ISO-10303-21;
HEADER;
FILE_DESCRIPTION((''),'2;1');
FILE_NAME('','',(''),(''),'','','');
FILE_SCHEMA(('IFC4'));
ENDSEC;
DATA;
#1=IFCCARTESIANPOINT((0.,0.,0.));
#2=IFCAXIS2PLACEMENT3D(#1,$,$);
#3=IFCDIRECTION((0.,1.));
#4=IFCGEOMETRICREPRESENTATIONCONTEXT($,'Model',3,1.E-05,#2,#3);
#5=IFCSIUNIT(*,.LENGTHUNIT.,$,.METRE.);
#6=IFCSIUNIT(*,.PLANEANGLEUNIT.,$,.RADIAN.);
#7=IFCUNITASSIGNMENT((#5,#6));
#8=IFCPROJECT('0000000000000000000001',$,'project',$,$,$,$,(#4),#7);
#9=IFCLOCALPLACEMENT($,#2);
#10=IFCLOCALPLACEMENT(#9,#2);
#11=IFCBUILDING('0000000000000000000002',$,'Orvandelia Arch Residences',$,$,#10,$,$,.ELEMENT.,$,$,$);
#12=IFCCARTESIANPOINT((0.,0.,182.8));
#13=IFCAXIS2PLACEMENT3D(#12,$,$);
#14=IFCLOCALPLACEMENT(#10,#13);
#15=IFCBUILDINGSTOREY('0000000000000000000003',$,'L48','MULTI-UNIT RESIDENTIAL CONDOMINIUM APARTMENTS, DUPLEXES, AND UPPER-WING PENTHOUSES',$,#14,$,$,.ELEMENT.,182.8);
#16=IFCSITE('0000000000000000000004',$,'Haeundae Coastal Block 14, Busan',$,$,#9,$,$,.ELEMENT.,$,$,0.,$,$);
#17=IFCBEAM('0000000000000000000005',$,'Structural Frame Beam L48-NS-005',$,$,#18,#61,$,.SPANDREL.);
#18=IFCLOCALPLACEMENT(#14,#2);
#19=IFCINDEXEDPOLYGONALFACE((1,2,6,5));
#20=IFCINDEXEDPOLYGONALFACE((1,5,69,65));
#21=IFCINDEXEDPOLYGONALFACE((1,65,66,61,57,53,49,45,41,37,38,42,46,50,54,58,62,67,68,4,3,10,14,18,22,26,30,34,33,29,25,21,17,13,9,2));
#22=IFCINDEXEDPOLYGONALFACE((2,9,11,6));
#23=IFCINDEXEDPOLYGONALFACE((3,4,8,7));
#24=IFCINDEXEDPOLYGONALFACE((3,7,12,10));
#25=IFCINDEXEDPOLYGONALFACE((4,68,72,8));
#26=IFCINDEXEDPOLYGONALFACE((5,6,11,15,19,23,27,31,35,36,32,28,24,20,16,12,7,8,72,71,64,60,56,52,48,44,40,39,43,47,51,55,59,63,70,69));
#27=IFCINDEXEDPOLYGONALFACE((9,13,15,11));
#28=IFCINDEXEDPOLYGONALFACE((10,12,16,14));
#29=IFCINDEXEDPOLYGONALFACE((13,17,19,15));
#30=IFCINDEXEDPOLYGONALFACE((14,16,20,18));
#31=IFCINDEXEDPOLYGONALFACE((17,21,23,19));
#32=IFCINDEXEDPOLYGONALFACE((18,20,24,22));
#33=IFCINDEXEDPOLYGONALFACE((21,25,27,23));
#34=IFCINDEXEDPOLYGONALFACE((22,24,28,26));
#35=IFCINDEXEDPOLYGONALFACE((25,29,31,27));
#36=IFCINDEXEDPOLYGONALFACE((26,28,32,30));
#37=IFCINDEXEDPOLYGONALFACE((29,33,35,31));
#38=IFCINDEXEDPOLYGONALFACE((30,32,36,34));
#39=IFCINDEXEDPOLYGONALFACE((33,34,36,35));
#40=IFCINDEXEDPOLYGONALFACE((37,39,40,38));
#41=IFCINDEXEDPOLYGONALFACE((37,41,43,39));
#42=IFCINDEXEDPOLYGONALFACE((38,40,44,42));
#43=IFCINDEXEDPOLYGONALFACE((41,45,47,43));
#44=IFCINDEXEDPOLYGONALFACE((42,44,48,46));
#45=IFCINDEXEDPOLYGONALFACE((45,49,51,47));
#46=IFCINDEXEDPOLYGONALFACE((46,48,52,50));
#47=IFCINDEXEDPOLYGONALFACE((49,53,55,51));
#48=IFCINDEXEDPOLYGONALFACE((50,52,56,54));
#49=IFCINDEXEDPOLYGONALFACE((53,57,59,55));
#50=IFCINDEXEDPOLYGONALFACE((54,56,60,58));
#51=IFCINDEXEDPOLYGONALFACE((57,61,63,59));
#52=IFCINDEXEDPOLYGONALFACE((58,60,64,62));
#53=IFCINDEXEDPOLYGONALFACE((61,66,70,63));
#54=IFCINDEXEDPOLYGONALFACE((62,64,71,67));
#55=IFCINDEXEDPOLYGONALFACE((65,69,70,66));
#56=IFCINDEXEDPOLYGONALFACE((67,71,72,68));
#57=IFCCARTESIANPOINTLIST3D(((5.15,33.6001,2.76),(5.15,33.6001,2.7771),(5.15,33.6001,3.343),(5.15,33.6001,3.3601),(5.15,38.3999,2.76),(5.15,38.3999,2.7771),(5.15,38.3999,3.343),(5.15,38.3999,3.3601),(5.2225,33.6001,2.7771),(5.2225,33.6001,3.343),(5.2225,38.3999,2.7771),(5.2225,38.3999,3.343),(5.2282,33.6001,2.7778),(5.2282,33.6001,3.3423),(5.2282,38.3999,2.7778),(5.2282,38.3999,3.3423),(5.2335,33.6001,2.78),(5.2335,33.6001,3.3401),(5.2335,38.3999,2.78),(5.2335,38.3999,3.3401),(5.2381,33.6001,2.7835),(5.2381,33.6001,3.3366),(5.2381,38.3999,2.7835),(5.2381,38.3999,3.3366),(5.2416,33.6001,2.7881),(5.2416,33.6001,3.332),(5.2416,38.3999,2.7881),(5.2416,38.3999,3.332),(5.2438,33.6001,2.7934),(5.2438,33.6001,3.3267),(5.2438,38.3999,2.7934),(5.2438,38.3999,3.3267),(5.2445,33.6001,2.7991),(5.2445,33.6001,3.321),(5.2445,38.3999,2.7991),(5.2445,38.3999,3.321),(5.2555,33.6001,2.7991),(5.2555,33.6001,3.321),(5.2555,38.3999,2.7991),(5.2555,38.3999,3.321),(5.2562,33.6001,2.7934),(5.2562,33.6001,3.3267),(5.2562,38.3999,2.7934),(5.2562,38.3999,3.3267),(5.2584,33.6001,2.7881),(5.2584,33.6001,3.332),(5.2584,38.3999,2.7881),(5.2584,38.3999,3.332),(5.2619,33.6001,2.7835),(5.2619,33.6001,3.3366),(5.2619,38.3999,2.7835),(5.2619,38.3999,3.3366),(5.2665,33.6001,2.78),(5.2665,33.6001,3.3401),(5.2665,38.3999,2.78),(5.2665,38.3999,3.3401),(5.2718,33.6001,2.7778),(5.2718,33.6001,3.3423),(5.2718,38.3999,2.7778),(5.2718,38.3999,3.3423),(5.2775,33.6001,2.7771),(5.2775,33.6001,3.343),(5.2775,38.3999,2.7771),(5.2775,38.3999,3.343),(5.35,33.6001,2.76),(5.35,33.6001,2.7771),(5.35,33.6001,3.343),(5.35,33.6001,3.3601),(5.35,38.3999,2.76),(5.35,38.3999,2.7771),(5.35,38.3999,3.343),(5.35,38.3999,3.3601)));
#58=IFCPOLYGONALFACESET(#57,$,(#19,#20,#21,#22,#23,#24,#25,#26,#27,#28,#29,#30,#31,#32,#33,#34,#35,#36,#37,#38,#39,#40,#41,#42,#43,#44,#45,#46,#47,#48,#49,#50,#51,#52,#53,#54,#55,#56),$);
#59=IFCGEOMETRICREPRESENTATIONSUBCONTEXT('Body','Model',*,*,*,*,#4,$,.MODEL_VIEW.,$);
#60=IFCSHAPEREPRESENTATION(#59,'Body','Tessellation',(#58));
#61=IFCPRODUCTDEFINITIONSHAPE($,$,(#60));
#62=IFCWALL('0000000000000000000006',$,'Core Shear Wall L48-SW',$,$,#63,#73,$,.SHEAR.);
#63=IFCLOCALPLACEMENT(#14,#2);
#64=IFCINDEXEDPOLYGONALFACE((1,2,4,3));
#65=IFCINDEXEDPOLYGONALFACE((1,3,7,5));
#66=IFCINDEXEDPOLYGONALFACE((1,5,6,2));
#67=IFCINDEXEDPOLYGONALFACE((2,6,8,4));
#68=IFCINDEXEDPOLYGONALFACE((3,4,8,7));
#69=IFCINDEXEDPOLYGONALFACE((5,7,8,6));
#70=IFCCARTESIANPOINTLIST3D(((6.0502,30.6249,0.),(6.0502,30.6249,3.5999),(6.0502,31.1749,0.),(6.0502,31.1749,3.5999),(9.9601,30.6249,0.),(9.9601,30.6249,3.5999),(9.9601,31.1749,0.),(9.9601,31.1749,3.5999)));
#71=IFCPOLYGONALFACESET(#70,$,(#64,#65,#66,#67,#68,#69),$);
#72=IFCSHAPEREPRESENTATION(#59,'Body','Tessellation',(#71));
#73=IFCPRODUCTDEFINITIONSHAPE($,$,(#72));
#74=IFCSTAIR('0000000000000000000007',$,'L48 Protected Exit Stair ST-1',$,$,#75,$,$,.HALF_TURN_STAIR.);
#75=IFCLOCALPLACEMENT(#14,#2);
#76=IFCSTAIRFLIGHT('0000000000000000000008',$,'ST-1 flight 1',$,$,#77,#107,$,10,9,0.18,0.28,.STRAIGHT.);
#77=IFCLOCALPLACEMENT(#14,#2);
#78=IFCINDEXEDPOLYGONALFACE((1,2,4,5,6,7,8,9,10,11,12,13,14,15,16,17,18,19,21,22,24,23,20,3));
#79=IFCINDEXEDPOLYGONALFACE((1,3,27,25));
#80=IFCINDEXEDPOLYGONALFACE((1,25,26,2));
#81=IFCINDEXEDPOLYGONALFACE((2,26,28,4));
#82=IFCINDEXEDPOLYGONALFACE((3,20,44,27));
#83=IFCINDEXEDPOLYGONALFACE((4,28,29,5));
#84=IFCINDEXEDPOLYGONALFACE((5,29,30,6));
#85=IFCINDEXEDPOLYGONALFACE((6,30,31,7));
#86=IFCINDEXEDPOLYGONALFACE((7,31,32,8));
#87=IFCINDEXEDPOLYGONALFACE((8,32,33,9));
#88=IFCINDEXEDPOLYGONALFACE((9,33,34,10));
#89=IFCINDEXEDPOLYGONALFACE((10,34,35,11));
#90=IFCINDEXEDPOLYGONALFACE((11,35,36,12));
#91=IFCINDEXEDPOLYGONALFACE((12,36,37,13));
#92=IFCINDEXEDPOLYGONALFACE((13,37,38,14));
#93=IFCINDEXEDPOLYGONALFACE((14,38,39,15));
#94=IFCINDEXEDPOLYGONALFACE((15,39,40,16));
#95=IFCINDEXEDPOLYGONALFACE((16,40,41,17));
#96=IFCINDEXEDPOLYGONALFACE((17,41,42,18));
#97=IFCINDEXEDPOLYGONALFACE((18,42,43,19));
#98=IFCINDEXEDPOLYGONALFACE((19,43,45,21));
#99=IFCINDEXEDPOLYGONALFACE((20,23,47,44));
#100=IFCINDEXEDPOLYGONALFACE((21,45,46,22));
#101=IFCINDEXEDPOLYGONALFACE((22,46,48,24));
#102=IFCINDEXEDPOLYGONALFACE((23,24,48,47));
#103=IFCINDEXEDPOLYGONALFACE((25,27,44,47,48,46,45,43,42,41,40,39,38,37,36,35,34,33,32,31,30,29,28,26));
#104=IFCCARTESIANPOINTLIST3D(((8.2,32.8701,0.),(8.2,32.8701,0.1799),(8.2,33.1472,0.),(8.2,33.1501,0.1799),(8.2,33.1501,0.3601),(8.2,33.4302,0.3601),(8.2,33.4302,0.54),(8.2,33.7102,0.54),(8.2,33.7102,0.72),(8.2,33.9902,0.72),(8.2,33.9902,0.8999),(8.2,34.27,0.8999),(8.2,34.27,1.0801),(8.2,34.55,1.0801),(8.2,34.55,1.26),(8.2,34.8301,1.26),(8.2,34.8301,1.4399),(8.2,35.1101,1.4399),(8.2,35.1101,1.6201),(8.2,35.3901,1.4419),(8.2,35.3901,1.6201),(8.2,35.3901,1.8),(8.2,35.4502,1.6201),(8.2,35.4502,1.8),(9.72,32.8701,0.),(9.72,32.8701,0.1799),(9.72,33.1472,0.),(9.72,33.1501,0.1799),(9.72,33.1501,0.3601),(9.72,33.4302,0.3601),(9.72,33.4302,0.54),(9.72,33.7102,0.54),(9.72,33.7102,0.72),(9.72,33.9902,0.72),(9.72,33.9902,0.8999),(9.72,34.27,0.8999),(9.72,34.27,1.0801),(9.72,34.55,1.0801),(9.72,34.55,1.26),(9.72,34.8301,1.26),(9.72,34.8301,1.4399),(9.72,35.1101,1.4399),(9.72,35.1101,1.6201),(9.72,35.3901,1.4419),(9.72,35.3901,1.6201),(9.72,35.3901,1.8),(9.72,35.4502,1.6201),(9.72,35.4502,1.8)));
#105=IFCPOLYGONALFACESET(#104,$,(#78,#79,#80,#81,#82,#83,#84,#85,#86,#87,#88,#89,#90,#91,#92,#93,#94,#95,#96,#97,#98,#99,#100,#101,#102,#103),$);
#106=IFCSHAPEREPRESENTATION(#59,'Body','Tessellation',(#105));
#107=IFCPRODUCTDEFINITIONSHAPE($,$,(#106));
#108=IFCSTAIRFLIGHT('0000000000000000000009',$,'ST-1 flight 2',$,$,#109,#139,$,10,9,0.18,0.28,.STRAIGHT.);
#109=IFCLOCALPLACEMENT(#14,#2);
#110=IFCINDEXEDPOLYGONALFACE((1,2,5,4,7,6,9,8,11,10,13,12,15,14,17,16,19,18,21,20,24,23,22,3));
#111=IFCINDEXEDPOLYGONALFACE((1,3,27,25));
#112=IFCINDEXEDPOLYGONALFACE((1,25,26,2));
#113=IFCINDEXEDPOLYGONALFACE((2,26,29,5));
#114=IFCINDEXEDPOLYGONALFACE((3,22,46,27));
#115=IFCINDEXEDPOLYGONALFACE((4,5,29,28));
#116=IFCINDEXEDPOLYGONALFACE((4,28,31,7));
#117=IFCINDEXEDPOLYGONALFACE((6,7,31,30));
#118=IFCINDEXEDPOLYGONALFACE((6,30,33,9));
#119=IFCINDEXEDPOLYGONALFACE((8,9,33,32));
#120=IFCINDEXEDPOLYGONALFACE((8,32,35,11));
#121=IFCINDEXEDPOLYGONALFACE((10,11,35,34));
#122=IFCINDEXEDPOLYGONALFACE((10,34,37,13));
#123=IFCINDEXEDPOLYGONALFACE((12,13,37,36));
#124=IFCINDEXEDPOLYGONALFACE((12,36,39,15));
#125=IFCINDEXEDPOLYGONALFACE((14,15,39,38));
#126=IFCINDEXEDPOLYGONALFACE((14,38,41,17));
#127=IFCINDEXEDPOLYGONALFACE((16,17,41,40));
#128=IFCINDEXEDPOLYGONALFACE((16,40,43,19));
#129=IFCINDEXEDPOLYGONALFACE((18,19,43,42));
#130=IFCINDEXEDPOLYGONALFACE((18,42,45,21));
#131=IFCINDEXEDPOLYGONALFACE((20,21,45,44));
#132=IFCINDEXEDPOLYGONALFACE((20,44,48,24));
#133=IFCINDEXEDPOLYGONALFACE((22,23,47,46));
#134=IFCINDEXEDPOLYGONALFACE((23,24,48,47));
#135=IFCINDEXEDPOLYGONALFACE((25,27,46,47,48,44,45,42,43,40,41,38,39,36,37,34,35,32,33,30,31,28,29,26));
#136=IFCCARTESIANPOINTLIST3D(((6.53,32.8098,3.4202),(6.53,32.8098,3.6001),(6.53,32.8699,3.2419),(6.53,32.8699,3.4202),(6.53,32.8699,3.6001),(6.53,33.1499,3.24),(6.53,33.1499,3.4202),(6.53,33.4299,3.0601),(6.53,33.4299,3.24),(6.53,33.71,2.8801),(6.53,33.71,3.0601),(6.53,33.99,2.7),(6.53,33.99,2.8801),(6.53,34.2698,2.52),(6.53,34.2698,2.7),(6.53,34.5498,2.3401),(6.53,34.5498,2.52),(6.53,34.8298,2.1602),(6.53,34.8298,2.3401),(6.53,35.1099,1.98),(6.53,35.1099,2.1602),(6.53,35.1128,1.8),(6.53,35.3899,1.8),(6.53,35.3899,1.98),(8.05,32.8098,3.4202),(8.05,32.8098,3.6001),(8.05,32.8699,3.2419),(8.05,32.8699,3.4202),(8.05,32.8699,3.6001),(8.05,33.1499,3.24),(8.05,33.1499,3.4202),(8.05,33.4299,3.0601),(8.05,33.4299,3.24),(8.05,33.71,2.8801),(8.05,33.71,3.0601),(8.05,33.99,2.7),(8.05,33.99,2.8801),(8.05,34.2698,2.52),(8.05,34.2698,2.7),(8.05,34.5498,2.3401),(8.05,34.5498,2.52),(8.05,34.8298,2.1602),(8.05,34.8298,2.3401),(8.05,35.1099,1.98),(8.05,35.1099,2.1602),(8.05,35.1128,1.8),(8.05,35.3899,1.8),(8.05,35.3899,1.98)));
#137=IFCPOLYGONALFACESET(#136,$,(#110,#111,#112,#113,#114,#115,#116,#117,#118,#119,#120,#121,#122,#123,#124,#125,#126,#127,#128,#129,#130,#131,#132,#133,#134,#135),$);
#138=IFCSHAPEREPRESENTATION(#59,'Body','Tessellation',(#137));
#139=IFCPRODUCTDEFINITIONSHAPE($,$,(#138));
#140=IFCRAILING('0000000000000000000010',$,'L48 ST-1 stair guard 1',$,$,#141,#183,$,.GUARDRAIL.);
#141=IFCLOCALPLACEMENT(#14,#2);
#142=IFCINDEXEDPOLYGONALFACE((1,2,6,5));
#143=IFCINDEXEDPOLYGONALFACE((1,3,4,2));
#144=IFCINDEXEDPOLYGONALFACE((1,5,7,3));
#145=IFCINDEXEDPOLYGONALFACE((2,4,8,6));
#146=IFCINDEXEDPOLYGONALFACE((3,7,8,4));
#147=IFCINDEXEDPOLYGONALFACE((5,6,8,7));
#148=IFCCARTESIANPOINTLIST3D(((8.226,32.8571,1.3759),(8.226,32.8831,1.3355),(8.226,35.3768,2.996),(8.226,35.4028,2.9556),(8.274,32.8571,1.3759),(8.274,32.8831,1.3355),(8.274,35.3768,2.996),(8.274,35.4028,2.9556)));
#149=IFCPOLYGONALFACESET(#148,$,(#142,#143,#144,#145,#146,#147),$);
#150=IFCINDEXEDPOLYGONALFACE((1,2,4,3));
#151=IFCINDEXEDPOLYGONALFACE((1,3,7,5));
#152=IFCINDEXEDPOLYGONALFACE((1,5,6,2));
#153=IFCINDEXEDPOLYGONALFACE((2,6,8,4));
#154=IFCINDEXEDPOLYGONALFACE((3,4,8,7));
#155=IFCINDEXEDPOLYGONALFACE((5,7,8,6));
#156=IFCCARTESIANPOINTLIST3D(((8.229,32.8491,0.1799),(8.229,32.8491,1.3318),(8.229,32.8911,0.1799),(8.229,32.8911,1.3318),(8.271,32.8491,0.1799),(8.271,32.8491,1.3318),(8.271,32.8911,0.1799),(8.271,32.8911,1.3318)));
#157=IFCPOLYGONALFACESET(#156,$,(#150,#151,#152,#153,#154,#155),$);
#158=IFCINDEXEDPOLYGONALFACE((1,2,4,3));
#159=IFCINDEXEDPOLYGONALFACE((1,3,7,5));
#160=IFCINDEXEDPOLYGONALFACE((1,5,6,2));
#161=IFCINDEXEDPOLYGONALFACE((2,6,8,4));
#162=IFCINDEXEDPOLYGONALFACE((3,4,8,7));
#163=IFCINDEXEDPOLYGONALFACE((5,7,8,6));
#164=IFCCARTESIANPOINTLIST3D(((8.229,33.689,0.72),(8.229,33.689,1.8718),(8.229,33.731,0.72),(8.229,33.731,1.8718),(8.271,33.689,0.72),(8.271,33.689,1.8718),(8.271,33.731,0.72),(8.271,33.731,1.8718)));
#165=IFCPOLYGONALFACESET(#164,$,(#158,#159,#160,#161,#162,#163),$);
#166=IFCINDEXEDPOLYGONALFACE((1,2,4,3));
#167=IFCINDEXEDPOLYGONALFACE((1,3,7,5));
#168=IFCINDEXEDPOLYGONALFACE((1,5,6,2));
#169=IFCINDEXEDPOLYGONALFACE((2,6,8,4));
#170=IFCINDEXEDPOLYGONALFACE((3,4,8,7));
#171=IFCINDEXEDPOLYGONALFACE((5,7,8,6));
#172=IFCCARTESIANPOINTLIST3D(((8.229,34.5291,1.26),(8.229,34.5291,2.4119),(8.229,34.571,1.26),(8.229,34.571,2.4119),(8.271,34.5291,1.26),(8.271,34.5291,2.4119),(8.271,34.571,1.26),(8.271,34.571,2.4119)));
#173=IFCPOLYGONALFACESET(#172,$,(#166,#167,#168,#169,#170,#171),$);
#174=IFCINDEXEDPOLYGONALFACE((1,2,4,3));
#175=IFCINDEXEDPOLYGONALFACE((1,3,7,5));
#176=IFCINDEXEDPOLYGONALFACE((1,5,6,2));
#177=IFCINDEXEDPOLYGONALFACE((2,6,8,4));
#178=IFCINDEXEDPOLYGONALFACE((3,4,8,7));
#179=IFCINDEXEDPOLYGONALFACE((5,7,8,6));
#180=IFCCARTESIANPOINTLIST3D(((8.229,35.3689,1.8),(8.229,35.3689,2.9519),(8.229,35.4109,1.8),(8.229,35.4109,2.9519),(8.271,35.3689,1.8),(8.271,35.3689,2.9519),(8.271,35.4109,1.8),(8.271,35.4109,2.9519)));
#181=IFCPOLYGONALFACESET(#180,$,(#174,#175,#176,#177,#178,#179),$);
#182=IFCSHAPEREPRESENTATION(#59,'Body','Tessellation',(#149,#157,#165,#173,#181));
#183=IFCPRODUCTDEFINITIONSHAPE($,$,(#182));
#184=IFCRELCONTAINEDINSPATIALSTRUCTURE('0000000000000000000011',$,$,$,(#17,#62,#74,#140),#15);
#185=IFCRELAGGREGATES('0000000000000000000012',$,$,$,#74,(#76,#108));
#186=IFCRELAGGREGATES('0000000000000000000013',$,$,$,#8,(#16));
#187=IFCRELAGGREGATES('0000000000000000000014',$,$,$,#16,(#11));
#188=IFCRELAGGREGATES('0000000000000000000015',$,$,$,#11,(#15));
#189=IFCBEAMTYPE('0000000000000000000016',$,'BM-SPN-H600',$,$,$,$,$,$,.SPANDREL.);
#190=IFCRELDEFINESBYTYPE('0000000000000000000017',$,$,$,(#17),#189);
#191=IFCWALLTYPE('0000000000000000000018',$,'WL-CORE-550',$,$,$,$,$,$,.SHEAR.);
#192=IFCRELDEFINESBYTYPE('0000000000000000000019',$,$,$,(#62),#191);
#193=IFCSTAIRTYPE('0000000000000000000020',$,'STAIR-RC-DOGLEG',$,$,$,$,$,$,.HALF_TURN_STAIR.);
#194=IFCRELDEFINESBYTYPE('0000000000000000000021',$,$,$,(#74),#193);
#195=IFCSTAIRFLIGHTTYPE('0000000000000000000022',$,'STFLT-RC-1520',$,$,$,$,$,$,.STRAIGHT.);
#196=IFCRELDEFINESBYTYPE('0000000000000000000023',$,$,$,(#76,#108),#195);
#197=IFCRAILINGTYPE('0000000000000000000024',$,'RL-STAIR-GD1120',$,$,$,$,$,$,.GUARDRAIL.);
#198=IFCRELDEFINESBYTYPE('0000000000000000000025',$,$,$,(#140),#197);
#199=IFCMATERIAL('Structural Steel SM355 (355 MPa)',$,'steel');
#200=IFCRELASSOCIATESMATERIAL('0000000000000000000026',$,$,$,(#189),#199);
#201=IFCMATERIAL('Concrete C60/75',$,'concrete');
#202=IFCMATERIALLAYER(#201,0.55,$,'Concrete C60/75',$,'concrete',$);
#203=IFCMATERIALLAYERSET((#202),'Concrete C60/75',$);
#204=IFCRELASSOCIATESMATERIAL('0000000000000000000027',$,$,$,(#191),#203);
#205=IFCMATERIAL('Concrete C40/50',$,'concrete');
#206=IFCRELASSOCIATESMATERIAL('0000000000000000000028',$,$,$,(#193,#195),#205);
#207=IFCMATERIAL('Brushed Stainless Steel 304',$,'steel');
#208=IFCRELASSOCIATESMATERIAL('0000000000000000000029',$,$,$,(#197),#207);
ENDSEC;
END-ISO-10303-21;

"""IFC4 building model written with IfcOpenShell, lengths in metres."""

from ifc_helpers import new_model, si_unit, direction, frame, frame_2d, origin, origin_2d, place, context, subcontext, project, spatial, polyline, rectangle, i_section, outline, extrude, material, layer, layer_set, material_profile, profile_set, type_object, element, aggregate, save


model = new_model("IFC4")

# Units and contexts
model_context = context("Model", 3, precision=1e-05, world=origin(), true_north=direction((0.0, 1.0)))
body_context = subcontext(model_context, "Body", "Model", "MODEL_VIEW")
ifc_project = project(units=[si_unit("LENGTHUNIT", "METRE"), si_unit("PLANEANGLEUNIT", "RADIAN")], contexts=[model_context])

# Site, building, storey
site_placement = place(None, origin())
site = spatial("IfcSite", under=ifc_project, at=site_placement, Name="Haeundae Coastal Block 14, Busan", CompositionType="ELEMENT", RefElevation=0.0)
building_placement = place(site_placement, origin())
building = spatial("IfcBuilding", under=site, at=building_placement, Name="Orvandelia Arch Residences", CompositionType="ELEMENT")
storey_placement = place(building_placement, frame((0.0, 0.0, 182.8)))
storey = spatial("IfcBuildingStorey", under=building, at=storey_placement, Name="L48", Description="MULTI-UNIT RESIDENTIAL CONDOMINIUM APARTMENTS, DUPLEXES, AND UPPER-WING PENTHOUSES", CompositionType="ELEMENT", Elevation=182.8)

# Shared definitions
ifc_material_1 = material(Name="Concrete C60/75", Category="concrete")

# Beam
ifc_material_2 = material(Name="Structural Steel SM355 (355 MPa)", Category="steel")
ifc_material_profile_1 = material_profile(ifc_material_2, i_section(OverallWidth=0.2, OverallDepth=0.6001, WebThickness=0.011, FlangeThickness=0.0171, FilletRadius=0.022, at=origin_2d()), Name="Structural Steel SM355 (355 MPa)", Category="steel")
ifc_profile_set_1 = profile_set([ifc_material_profile_1], Name="Structural Steel SM355 (355 MPa)")
beam_type_1 = type_object("IfcBeamType", Name="BM-SPN-H600", PredefinedType="SPANDREL", material=ifc_profile_set_1)
beam_1_placement = place(storey_placement, frame((5.25, 33.6001, 3.0601), z_axis=(0.0, 1.0, 0.0), x_axis=(-1.0, 0.0, 0.0)))
element("IfcBeam", 1, at=beam_1_placement, inside=storey, type_object=beam_type_1, Name="Structural Frame Beam L48-NS-005", PredefinedType="SPANDREL", context=body_context, shape_type="SweptSolid", body=[
    extrude(i_section(OverallWidth=0.2, OverallDepth=0.6001, WebThickness=0.011, FlangeThickness=0.0171, FilletRadius=0.022, at=origin_2d()), origin(), (0.0, 0.0, 1.0), 4.7998),
])

# Wall
ifc_layer = layer(ifc_material_1, 0.55, Name="Concrete C60/75", Category="concrete")
ifc_layer_set = layer_set([ifc_layer], Name="Concrete C60/75")
wall_type = type_object("IfcWallType", Name="WL-CORE-550", PredefinedType="SHEAR", material=ifc_layer_set)
wall_placement = place(storey_placement, frame((6.05, 30.8999, 0.0), z_axis=(0.0, 0.0, 1.0), x_axis=(1.0, 0.0, 0.0)))
element("IfcWall", 2, at=wall_placement, inside=storey, type_object=wall_type, Name="Core Shear Wall L48-SW", PredefinedType="SHEAR", context=body_context, shape_type="SweptSolid", body=[
    extrude(rectangle(XDim=3.9099, YDim=0.55, at=frame_2d((1.9551, 0.0))), origin(), (0.0, 0.0, 1.0), 3.5999),
])

# Stair, stair flights
ifc_material_3 = material(Name="Concrete C40/50", Category="concrete")
stair_type = type_object("IfcStairType", Name="STAIR-RC-DOGLEG", PredefinedType="HALF_TURN_STAIR", material=ifc_material_3)
stair_placement = place(storey_placement, origin())
stair = element("IfcStair", 3, at=stair_placement, inside=storey, type_object=stair_type, Name="L48 Protected Exit Stair ST-1", PredefinedType="HALF_TURN_STAIR")
stair_flight_type = type_object("IfcStairFlightType", Name="STFLT-RC-1520", PredefinedType="STRAIGHT", material=ifc_material_3)
stair_flight_1_placement = place(storey_placement, frame((8.96, 32.8701, 0.0), z_axis=(0.0, 0.0, 1.0), x_axis=(0.0, 1.0, 0.0)))
stair_flight_1 = element("IfcStairFlight", 4, at=stair_flight_1_placement, type_object=stair_flight_type, Name="ST-1 flight 1", NumberOfRisers=10, NumberOfTreads=9, PredefinedType="STRAIGHT", RiserHeight=0.18, TreadLength=0.28, context=body_context, shape_type="SweptSolid", body=[
    extrude(outline(polyline([(0.0, 0.0), (0.0, 0.1799), (0.28, 0.1799), (0.28, 0.3601), (0.5601, 0.3601), (0.5601, 0.54), (0.8401, 0.54), (0.8401, 0.72), (1.1201, 0.72), (1.1201, 0.8999), (1.3999, 0.8999), (1.3999, 1.0801), (1.6799, 1.0801), (1.6799, 1.26), (1.96, 1.26), (1.96, 1.4399), (2.24, 1.4399), (2.24, 1.6201), (2.52, 1.6201), (2.52, 1.8), (2.5801, 1.8), (2.5801, 1.6201), (2.52, 1.4419), (0.2771, 0.0), (0.0, 0.0)])), frame((0.0, 0.76, 0.0), z_axis=(0.0, -1.0, 0.0), x_axis=(1.0, 0.0, 0.0)), (0.0, 0.0, 1.0), 1.52),
])
stair_flight_2_placement = place(storey_placement, frame((7.29, 35.3899, 1.8), z_axis=(0.0, 0.0, 1.0), x_axis=(0.0, -1.0, 0.0)))
stair_flight_2 = element("IfcStairFlight", 5, at=stair_flight_2_placement, type_object=stair_flight_type, Name="ST-1 flight 2", NumberOfRisers=10, NumberOfTreads=9, PredefinedType="STRAIGHT", RiserHeight=0.18, TreadLength=0.28, context=body_context, shape_type="SweptSolid", body=[
    extrude(outline(polyline([(0.0, 0.0), (0.0, 0.1799), (0.28, 0.1799), (0.28, 0.3601), (0.5601, 0.3601), (0.5601, 0.54), (0.8401, 0.54), (0.8401, 0.72), (1.1201, 0.72), (1.1201, 0.8999), (1.3999, 0.8999), (1.3999, 1.0801), (1.6799, 1.0801), (1.6799, 1.26), (1.96, 1.26), (1.96, 1.4399), (2.24, 1.4399), (2.24, 1.6201), (2.52, 1.6201), (2.52, 1.8), (2.5801, 1.8), (2.5801, 1.6201), (2.52, 1.4419), (0.2771, 0.0), (0.0, 0.0)])), frame((0.0, 0.76, 0.0), z_axis=(0.0, -1.0, 0.0), x_axis=(1.0, 0.0, 0.0)), (0.0, 0.0, 1.0), 1.52),
])
aggregate(stair, [stair_flight_1, stair_flight_2])

# Railing
ifc_material_4 = material(Name="Brushed Stainless Steel 304", Category="steel")
railing_type_1 = type_object("IfcRailingType", Name="RL-STAIR-GD1120", PredefinedType="GUARDRAIL", material=ifc_material_4)
railing_1_placement = place(storey_placement, frame((8.25, 32.8701, 0.1799)))
element("IfcRailing", 6, at=railing_1_placement, inside=storey, type_object=railing_type_1, Name="L48 ST-1 stair guard 1", PredefinedType="GUARDRAIL", context=body_context, shape_type="SweptSolid", body=[
    extrude(rectangle(XDim=0.0481, YDim=0.0481, at=origin_2d()), frame((0.0, 0.0, 1.1758), z_axis=(0.0, 0.841139, 0.540819), x_axis=(-1.0, 0.0, 0.0)), (0.0, 0.0, 1.0), 2.9956),
    extrude(rectangle(XDim=0.042, YDim=0.042, at=origin_2d()), origin(), (0.0, 0.0, 1.0), 1.1519),
    extrude(rectangle(XDim=0.042, YDim=0.042, at=origin_2d()), frame((0.0, 0.8398, 0.54)), (0.0, 0.0, 1.0), 1.1519),
    extrude(rectangle(XDim=0.042, YDim=0.042, at=origin_2d()), frame((0.0, 1.6799, 1.0801)), (0.0, 0.0, 1.0), 1.1519),
    extrude(rectangle(XDim=0.042, YDim=0.042, at=origin_2d()), frame((0.0, 2.5198, 1.6201)), (0.0, 0.0, 1.0), 1.1519),
])

save(model, "model.ifc")
